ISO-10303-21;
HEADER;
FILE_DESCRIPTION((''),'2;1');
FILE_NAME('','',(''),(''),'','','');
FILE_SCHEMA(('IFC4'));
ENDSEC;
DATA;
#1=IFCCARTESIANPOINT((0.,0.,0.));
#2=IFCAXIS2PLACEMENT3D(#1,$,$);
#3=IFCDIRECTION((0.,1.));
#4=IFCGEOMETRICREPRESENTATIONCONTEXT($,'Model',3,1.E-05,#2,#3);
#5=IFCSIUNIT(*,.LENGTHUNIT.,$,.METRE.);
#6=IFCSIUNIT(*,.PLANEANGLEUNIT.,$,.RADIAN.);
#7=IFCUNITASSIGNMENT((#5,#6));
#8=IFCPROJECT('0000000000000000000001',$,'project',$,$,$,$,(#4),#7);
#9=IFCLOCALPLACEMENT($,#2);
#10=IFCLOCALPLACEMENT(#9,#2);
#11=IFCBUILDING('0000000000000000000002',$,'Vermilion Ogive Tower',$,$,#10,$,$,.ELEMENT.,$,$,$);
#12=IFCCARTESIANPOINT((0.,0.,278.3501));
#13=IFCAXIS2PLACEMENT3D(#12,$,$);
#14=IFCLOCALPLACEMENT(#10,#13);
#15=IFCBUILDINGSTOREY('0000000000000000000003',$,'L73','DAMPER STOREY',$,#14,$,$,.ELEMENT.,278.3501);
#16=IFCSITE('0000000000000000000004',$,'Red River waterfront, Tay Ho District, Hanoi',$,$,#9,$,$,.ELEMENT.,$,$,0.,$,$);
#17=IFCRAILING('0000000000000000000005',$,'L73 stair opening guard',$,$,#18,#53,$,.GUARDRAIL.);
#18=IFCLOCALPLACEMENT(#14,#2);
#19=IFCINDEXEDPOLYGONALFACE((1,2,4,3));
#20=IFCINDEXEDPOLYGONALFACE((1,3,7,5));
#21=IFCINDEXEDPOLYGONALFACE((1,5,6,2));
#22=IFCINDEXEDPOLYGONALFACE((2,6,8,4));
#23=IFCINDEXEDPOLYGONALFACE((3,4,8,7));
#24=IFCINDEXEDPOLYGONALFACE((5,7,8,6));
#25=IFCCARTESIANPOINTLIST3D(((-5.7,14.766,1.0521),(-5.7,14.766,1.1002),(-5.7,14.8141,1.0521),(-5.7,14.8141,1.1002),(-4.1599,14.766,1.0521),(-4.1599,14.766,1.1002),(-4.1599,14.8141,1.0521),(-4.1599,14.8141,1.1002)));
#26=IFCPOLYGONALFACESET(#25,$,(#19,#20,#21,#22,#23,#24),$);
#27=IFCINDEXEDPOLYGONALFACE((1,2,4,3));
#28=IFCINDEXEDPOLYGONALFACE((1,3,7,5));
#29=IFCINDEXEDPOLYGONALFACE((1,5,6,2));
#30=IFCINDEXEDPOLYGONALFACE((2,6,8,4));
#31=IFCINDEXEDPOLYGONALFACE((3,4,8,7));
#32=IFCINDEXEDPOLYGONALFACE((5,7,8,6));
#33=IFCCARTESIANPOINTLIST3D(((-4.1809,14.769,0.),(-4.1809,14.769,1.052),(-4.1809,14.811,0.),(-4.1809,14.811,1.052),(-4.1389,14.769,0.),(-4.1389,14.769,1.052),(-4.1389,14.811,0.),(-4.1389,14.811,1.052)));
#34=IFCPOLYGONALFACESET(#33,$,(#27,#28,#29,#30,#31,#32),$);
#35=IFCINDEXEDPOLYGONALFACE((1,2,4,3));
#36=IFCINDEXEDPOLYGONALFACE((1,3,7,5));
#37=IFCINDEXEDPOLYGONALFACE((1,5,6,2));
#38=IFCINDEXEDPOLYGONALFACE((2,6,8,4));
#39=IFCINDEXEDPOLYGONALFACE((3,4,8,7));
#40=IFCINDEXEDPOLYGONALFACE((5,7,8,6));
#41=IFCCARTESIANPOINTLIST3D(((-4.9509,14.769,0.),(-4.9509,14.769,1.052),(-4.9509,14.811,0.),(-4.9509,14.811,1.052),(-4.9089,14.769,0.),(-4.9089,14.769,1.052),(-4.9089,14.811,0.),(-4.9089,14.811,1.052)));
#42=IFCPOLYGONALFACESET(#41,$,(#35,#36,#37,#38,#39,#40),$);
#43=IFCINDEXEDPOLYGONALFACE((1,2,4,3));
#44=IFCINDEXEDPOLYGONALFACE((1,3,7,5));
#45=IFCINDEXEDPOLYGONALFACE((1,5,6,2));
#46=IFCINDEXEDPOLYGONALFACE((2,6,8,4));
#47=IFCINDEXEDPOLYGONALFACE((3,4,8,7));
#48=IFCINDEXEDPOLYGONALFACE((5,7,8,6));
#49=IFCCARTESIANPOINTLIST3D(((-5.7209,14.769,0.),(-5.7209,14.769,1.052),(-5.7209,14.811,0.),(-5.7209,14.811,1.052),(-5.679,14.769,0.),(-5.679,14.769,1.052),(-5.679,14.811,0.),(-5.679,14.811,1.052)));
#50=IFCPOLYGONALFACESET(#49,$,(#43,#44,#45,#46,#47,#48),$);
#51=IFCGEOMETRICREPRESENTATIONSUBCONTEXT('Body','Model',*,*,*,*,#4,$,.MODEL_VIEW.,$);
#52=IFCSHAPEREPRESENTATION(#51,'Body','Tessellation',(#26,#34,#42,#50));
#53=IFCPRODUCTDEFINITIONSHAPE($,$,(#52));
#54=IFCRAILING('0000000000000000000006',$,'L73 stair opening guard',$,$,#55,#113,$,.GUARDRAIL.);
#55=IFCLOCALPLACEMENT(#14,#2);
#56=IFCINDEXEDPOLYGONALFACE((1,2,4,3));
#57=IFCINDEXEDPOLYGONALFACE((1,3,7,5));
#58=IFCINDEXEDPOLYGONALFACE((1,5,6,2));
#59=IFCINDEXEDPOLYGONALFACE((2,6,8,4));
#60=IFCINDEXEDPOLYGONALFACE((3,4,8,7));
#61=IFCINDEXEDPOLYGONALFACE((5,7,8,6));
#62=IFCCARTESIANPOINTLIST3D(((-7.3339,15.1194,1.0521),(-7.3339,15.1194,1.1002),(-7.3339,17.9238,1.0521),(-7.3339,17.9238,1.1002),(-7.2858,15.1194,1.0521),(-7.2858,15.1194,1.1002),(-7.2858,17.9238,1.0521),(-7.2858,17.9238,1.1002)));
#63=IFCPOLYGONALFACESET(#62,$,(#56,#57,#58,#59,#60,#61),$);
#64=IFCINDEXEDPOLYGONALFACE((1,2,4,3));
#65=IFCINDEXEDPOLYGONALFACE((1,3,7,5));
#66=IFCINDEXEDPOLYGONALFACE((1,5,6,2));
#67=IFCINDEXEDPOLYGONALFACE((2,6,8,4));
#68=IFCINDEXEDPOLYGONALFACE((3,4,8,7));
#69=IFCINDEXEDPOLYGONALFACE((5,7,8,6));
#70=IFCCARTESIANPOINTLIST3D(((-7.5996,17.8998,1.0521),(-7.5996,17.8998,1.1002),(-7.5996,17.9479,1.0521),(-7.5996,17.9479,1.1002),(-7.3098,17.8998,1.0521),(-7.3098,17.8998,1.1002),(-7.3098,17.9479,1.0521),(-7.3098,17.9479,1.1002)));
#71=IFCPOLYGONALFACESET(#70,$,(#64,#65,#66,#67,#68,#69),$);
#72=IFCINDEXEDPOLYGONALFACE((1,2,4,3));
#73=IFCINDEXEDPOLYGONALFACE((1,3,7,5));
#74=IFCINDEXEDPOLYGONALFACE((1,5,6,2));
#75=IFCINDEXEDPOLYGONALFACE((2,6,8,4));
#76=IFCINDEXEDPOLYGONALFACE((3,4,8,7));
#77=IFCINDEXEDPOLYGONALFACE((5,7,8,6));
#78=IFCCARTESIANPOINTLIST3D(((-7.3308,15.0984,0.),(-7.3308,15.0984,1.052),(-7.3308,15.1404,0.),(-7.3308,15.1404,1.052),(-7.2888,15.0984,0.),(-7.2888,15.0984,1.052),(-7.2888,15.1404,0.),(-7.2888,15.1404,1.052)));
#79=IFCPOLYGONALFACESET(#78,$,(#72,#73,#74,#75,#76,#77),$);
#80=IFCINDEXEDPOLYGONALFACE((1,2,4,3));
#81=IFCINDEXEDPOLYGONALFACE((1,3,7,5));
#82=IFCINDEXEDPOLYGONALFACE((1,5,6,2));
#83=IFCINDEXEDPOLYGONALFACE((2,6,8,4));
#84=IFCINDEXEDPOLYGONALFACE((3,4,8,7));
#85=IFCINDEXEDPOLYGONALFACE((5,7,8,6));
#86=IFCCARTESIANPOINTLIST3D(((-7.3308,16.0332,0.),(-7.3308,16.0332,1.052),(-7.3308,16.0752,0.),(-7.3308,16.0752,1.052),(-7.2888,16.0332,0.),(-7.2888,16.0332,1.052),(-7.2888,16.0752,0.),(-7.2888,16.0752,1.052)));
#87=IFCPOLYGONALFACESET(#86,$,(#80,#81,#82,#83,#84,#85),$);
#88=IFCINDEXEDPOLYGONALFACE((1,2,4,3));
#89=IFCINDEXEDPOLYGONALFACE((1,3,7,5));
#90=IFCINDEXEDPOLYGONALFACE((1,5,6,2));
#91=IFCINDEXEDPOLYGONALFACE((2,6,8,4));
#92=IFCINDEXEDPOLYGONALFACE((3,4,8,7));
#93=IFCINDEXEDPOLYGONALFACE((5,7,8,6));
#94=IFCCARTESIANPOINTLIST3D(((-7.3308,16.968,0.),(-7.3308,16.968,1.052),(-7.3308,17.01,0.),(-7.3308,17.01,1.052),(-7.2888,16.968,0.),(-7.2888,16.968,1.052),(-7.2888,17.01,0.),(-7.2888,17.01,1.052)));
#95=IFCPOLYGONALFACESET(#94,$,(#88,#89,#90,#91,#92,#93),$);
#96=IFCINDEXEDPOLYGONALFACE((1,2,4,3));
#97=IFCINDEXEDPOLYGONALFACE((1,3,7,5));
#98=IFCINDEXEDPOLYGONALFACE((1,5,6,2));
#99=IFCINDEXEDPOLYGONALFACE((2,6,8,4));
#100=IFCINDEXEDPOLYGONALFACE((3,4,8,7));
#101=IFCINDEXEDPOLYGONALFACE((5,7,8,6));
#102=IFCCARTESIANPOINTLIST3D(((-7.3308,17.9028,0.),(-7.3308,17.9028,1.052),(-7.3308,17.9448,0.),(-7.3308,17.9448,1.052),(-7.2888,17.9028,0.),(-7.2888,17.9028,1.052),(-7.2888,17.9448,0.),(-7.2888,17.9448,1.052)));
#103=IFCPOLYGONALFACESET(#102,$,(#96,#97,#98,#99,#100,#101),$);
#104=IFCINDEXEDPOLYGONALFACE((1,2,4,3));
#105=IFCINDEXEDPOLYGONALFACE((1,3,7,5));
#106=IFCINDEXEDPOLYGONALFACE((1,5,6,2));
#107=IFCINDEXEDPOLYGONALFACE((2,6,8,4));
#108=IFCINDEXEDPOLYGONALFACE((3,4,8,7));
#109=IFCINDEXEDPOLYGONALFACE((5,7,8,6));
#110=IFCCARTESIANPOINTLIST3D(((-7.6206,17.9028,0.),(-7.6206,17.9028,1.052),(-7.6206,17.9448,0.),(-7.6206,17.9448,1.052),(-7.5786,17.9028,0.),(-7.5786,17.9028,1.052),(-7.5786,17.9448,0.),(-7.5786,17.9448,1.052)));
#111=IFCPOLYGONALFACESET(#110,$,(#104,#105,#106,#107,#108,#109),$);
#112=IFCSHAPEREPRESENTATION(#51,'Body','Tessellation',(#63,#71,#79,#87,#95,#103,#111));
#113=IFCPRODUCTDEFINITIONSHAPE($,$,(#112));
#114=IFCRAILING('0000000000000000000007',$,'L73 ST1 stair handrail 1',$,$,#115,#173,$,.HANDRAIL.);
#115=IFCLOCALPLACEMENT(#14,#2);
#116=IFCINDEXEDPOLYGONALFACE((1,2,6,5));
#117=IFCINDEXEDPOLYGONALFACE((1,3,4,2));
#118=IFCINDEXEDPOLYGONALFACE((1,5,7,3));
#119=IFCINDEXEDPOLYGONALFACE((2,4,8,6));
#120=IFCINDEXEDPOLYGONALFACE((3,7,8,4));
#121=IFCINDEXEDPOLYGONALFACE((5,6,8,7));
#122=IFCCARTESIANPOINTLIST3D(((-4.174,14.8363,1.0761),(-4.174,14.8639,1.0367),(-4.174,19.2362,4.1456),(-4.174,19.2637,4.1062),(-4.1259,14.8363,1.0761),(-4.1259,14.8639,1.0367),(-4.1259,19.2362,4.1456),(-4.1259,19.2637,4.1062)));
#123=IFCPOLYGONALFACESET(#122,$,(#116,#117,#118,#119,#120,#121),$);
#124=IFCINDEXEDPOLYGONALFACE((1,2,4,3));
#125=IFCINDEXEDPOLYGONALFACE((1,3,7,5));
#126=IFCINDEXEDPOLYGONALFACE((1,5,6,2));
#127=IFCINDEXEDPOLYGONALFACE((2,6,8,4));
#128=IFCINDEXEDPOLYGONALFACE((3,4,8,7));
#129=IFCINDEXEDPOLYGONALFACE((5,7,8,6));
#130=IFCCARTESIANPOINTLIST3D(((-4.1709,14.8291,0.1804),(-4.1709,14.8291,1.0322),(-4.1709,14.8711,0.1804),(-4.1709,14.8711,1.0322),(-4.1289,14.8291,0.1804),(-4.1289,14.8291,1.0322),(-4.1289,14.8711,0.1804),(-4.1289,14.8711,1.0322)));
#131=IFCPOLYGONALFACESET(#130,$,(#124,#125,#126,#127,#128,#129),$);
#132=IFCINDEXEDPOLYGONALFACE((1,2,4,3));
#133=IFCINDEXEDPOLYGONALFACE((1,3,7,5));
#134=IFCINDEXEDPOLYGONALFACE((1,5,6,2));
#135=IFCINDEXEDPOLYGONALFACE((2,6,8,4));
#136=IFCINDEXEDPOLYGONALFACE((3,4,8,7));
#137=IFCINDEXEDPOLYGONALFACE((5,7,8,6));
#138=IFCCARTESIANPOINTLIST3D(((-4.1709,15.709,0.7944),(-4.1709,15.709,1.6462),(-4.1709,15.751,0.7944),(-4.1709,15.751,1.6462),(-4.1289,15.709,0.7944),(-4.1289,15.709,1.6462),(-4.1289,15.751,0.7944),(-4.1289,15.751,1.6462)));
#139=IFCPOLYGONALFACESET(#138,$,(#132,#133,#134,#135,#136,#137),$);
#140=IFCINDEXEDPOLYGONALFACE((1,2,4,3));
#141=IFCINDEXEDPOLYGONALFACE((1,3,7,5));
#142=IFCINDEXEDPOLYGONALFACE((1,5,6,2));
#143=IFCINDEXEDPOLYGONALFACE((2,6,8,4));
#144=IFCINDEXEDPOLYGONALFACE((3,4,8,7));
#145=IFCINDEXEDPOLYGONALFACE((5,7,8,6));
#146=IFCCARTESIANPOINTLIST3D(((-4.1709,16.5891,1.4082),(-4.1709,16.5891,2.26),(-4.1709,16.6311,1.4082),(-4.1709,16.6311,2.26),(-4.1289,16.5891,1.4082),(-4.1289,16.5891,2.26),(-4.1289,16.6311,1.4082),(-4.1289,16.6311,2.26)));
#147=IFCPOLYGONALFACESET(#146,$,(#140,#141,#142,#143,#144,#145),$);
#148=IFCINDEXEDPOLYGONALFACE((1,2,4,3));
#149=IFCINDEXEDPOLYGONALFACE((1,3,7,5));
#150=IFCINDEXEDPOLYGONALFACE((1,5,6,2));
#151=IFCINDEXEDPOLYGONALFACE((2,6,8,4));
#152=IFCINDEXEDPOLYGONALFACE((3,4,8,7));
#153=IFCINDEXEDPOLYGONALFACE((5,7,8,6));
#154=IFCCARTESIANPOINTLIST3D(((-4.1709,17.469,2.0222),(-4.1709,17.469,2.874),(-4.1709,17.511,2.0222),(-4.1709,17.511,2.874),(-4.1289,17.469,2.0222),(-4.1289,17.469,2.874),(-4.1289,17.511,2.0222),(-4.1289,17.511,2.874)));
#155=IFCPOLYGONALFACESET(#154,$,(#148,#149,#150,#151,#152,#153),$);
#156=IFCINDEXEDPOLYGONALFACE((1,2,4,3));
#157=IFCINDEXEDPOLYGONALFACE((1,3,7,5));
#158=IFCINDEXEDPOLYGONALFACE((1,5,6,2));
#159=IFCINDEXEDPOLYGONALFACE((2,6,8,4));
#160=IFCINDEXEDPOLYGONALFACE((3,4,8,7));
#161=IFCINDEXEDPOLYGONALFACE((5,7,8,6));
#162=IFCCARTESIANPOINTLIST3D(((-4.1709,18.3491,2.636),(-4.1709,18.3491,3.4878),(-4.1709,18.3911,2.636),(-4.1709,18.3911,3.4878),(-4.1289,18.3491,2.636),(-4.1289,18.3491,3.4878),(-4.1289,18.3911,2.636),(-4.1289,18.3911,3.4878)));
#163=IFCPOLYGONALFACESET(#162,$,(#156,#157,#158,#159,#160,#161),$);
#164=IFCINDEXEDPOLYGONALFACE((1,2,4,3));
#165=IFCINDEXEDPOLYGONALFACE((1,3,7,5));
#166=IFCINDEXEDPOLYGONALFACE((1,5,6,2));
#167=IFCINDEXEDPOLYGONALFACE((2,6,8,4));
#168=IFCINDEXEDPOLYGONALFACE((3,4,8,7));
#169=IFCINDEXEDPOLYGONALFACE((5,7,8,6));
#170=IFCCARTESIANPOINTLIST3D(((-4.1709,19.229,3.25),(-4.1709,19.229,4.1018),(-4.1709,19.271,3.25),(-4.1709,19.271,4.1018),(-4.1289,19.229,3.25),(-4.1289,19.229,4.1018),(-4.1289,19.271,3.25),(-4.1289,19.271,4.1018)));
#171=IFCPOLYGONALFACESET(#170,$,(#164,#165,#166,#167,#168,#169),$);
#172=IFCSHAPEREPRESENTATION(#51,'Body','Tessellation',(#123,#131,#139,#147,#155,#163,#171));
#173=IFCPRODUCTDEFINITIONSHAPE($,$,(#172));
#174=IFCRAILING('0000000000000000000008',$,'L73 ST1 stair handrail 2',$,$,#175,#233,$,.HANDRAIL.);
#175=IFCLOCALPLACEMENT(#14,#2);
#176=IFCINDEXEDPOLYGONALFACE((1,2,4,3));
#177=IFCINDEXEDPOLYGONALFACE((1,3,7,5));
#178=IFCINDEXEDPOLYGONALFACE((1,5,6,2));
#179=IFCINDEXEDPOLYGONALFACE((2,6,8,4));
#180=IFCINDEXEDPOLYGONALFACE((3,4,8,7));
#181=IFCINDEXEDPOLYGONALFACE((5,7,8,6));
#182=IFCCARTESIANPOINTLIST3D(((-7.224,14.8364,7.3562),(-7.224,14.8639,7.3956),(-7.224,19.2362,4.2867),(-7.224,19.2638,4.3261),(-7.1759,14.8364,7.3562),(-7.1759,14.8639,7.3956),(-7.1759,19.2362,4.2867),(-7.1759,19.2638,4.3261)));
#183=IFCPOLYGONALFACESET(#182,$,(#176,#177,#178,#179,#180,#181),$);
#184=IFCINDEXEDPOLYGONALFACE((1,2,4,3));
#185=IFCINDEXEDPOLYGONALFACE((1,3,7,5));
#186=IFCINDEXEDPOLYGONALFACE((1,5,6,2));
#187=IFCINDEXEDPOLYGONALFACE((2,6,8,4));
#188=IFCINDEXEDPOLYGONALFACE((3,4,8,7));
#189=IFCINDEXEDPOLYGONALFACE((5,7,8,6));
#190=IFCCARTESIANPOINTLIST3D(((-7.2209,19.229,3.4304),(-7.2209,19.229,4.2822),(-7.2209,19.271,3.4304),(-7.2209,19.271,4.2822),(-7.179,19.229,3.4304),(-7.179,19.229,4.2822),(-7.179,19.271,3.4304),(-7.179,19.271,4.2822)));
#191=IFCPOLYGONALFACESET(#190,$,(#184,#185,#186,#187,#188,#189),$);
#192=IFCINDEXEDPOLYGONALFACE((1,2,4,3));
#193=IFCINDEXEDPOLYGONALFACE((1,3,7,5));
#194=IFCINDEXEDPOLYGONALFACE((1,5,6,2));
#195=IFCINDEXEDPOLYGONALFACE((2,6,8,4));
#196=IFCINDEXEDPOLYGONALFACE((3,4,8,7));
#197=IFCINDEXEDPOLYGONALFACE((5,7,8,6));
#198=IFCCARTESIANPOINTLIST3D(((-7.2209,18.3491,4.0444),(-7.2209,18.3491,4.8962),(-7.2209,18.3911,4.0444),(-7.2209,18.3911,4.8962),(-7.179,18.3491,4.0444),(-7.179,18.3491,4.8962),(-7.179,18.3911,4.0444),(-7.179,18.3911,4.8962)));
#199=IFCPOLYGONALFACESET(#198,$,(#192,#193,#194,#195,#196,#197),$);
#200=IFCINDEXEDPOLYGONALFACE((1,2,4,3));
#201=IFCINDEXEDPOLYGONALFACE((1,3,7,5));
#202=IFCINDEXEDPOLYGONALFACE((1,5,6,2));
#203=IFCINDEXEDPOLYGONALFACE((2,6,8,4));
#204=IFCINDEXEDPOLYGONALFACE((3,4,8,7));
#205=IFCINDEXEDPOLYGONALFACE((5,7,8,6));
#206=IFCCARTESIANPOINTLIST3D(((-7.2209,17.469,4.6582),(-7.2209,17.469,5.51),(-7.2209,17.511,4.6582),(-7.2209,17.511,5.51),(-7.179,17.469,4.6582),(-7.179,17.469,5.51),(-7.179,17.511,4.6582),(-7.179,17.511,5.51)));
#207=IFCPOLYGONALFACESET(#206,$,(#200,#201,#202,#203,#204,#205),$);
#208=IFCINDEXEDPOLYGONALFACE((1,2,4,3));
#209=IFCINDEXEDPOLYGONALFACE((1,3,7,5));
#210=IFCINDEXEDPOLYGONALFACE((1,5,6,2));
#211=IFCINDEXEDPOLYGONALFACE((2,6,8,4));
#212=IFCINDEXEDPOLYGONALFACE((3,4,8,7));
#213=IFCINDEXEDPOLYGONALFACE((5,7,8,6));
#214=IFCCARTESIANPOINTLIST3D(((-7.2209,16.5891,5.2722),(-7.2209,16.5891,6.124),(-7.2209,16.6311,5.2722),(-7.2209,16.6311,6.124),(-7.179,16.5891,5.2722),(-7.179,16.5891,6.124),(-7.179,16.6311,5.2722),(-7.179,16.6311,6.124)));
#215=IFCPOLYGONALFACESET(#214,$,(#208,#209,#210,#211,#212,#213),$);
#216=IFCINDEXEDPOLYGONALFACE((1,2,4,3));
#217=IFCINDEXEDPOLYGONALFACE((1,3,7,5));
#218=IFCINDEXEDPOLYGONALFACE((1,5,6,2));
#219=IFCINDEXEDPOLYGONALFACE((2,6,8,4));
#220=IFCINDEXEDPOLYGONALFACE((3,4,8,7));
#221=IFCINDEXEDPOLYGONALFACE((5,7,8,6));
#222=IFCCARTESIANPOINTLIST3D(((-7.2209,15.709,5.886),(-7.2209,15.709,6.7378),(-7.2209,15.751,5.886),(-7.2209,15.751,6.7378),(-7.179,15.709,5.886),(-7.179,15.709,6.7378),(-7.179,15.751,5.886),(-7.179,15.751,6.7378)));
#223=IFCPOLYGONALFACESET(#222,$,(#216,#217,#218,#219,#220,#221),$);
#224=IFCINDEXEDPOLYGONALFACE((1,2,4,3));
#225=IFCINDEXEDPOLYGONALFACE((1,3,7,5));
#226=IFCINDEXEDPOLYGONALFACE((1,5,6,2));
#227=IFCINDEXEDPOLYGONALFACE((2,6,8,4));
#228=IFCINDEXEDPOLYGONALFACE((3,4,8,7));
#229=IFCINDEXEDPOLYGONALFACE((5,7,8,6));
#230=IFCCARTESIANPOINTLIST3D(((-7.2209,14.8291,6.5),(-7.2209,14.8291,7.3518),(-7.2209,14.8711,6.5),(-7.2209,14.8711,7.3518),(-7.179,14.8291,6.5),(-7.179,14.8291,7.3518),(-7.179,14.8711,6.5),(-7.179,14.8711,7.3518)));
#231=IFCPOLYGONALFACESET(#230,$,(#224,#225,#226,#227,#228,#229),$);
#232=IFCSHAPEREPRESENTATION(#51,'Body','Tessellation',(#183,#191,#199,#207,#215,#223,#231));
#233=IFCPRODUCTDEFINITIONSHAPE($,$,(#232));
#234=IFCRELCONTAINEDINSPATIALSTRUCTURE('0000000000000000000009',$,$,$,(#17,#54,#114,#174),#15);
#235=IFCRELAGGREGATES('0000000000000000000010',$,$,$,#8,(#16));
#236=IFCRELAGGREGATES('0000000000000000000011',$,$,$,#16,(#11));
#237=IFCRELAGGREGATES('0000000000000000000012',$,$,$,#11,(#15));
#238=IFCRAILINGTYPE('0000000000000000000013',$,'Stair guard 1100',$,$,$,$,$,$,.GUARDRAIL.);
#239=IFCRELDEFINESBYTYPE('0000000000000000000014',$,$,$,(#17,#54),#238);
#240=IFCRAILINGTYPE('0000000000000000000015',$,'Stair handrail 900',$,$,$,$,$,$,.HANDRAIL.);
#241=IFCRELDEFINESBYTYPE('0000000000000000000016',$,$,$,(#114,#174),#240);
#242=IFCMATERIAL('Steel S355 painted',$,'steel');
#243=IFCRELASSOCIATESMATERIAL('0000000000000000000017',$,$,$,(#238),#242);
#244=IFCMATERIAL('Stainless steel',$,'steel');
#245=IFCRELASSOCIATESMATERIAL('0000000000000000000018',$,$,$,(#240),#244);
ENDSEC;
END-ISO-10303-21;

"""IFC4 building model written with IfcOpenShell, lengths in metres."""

from ifc_helpers import new_model, si_unit, direction, frame, origin, origin_2d, place, context, subcontext, project, spatial, rectangle, extrude, material, type_object, element, save


model = new_model("IFC4")

# Units and contexts
model_context = context("Model", 3, precision=1e-05, world=origin(), true_north=direction((0.0, 1.0)))
body_context = subcontext(model_context, "Body", "Model", "MODEL_VIEW")
ifc_project = project(units=[si_unit("LENGTHUNIT", "METRE"), si_unit("PLANEANGLEUNIT", "RADIAN")], contexts=[model_context])

# Site, building, storey
site_placement = place(None, origin())
site = spatial("IfcSite", under=ifc_project, at=site_placement, Name="Red River waterfront, Tay Ho District, Hanoi", CompositionType="ELEMENT", RefElevation=0.0)
building_placement = place(site_placement, origin())
building = spatial("IfcBuilding", under=site, at=building_placement, Name="Vermilion Ogive Tower", CompositionType="ELEMENT")
storey_placement = place(building_placement, frame((0.0, 0.0, 278.3501)))
storey = spatial("IfcBuildingStorey", under=building, at=storey_placement, Name="L73", Description="DAMPER STOREY", CompositionType="ELEMENT", Elevation=278.3501)

# Railings
ifc_material_1 = material(Name="Steel S355 painted", Category="steel")
railing_type_1 = type_object("IfcRailingType", Name="Stair guard 1100", PredefinedType="GUARDRAIL", material=ifc_material_1)
railing_1_placement = place(storey_placement, frame((-4.1599, 14.79, 0.0)))
element("IfcRailing", 1, at=railing_1_placement, inside=storey, type_object=railing_type_1, Name="L73 stair opening guard", PredefinedType="GUARDRAIL", context=body_context, shape_type="SweptSolid", body=[
    extrude(rectangle(XDim=0.0481, YDim=0.0481, at=origin_2d()), frame((0.0, 0.0, 1.0762), z_axis=(-1.0, 0.0, 0.0), x_axis=(0.0, -1.0, 0.0)), (0.0, 0.0, 1.0), 1.54),
    extrude(rectangle(XDim=0.042, YDim=0.042, at=origin_2d()), origin(), (0.0, 0.0, 1.0), 1.052),
    extrude(rectangle(XDim=0.042, YDim=0.042, at=origin_2d()), frame((-0.77, 0.0, 0.0)), (0.0, 0.0, 1.0), 1.052),
    extrude(rectangle(XDim=0.042, YDim=0.042, at=origin_2d()), frame((-1.54, 0.0, 0.0)), (0.0, 0.0, 1.0), 1.052),
])
railing_2_placement = place(storey_placement, frame((-7.3098, 15.1194, 0.0)))
element("IfcRailing", 2, at=railing_2_placement, inside=storey, type_object=railing_type_1, Name="L73 stair opening guard", PredefinedType="GUARDRAIL", context=body_context, shape_type="SweptSolid", body=[
    extrude(rectangle(XDim=0.0481, YDim=0.0481, at=origin_2d()), frame((0.0, 0.0, 1.0762), z_axis=(0.0, 1.0, 0.0), x_axis=(-1.0, 0.0, 0.0)), (0.0, 0.0, 1.0), 2.8044),
    extrude(rectangle(XDim=0.0481, YDim=0.0481, at=origin_2d()), frame((0.0, 2.8044, 1.0762), z_axis=(-1.0, 0.0, 0.0), x_axis=(0.0, -1.0, 0.0)), (0.0, 0.0, 1.0), 0.2898),
    extrude(rectangle(XDim=0.042, YDim=0.042, at=origin_2d()), origin(), (0.0, 0.0, 1.0), 1.052),
    extrude(rectangle(XDim=0.042, YDim=0.042, at=origin_2d()), frame((0.0, 0.9348, 0.0)), (0.0, 0.0, 1.0), 1.052),
    extrude(rectangle(XDim=0.042, YDim=0.042, at=origin_2d()), frame((0.0, 1.8696, 0.0)), (0.0, 0.0, 1.0), 1.052),
    extrude(rectangle(XDim=0.042, YDim=0.042, at=origin_2d()), frame((0.0, 2.8044, 0.0)), (0.0, 0.0, 1.0), 1.052),
    extrude(rectangle(XDim=0.042, YDim=0.042, at=origin_2d()), frame((-0.2898, 2.8044, 0.0)), (0.0, 0.0, 1.0), 1.052),
])
ifc_material_2 = material(Name="Stainless steel", Category="steel")
railing_type_2 = type_object("IfcRailingType", Name="Stair handrail 900", PredefinedType="HANDRAIL", material=ifc_material_2)
railing_3_placement = place(storey_placement, frame((-4.1499, 14.8501, 0.1804)))
element("IfcRailing", 3, at=railing_3_placement, inside=storey, type_object=railing_type_2, Name="L73 ST1 stair handrail 1", PredefinedType="HANDRAIL", context=body_context, shape_type="SweptSolid", body=[
    extrude(rectangle(XDim=0.0481, YDim=0.0481, at=origin_2d()), frame((0.0, 0.0, 0.876), z_axis=(0.0, 0.820137, 0.572167), x_axis=(-1.0, 0.0, 0.0)), (0.0, 0.0, 1.0), 5.3647),
    extrude(rectangle(XDim=0.042, YDim=0.042, at=origin_2d()), origin(), (0.0, 0.0, 1.0), 0.8518),
    extrude(rectangle(XDim=0.042, YDim=0.042, at=origin_2d()), frame((0.0, 0.8799, 0.614)), (0.0, 0.0, 1.0), 0.8518),
    extrude(rectangle(XDim=0.042, YDim=0.042, at=origin_2d()), frame((0.0, 1.76, 1.2278)), (0.0, 0.0, 1.0), 0.8518),
    extrude(rectangle(XDim=0.042, YDim=0.042, at=origin_2d()), frame((0.0, 2.6399, 1.8418)), (0.0, 0.0, 1.0), 0.8518),
    extrude(rectangle(XDim=0.042, YDim=0.042, at=origin_2d()), frame((0.0, 3.52, 2.4556)), (0.0, 0.0, 1.0), 0.8518),
    extrude(rectangle(XDim=0.042, YDim=0.042, at=origin_2d()), frame((0.0, 4.3999, 3.0696)), (0.0, 0.0, 1.0), 0.8518),
])
railing_4_placement = place(storey_placement, frame((-7.2, 19.25, 3.4304)))
element("IfcRailing", 4, at=railing_4_placement, inside=storey, type_object=railing_type_2, Name="L73 ST1 stair handrail 2", PredefinedType="HANDRAIL", context=body_context, shape_type="SweptSolid", body=[
    extrude(rectangle(XDim=0.0481, YDim=0.0481, at=origin_2d()), frame((0.0, 0.0, 0.876), z_axis=(0.0, -0.820137, 0.572167), x_axis=(1.0, 0.0, 0.0)), (0.0, 0.0, 1.0), 5.3647),
    extrude(rectangle(XDim=0.042, YDim=0.042, at=origin_2d()), origin(), (0.0, 0.0, 1.0), 0.8518),
    extrude(rectangle(XDim=0.042, YDim=0.042, at=origin_2d()), frame((0.0, -0.8799, 0.614)), (0.0, 0.0, 1.0), 0.8518),
    extrude(rectangle(XDim=0.042, YDim=0.042, at=origin_2d()), frame((0.0, -1.76, 1.2278)), (0.0, 0.0, 1.0), 0.8518),
    extrude(rectangle(XDim=0.042, YDim=0.042, at=origin_2d()), frame((0.0, -2.6399, 1.8418)), (0.0, 0.0, 1.0), 0.8518),
    extrude(rectangle(XDim=0.042, YDim=0.042, at=origin_2d()), frame((0.0, -3.52, 2.4556)), (0.0, 0.0, 1.0), 0.8518),
    extrude(rectangle(XDim=0.042, YDim=0.042, at=origin_2d()), frame((0.0, -4.3999, 3.0696)), (0.0, 0.0, 1.0), 0.8518),
])

save(model, "model.ifc")
